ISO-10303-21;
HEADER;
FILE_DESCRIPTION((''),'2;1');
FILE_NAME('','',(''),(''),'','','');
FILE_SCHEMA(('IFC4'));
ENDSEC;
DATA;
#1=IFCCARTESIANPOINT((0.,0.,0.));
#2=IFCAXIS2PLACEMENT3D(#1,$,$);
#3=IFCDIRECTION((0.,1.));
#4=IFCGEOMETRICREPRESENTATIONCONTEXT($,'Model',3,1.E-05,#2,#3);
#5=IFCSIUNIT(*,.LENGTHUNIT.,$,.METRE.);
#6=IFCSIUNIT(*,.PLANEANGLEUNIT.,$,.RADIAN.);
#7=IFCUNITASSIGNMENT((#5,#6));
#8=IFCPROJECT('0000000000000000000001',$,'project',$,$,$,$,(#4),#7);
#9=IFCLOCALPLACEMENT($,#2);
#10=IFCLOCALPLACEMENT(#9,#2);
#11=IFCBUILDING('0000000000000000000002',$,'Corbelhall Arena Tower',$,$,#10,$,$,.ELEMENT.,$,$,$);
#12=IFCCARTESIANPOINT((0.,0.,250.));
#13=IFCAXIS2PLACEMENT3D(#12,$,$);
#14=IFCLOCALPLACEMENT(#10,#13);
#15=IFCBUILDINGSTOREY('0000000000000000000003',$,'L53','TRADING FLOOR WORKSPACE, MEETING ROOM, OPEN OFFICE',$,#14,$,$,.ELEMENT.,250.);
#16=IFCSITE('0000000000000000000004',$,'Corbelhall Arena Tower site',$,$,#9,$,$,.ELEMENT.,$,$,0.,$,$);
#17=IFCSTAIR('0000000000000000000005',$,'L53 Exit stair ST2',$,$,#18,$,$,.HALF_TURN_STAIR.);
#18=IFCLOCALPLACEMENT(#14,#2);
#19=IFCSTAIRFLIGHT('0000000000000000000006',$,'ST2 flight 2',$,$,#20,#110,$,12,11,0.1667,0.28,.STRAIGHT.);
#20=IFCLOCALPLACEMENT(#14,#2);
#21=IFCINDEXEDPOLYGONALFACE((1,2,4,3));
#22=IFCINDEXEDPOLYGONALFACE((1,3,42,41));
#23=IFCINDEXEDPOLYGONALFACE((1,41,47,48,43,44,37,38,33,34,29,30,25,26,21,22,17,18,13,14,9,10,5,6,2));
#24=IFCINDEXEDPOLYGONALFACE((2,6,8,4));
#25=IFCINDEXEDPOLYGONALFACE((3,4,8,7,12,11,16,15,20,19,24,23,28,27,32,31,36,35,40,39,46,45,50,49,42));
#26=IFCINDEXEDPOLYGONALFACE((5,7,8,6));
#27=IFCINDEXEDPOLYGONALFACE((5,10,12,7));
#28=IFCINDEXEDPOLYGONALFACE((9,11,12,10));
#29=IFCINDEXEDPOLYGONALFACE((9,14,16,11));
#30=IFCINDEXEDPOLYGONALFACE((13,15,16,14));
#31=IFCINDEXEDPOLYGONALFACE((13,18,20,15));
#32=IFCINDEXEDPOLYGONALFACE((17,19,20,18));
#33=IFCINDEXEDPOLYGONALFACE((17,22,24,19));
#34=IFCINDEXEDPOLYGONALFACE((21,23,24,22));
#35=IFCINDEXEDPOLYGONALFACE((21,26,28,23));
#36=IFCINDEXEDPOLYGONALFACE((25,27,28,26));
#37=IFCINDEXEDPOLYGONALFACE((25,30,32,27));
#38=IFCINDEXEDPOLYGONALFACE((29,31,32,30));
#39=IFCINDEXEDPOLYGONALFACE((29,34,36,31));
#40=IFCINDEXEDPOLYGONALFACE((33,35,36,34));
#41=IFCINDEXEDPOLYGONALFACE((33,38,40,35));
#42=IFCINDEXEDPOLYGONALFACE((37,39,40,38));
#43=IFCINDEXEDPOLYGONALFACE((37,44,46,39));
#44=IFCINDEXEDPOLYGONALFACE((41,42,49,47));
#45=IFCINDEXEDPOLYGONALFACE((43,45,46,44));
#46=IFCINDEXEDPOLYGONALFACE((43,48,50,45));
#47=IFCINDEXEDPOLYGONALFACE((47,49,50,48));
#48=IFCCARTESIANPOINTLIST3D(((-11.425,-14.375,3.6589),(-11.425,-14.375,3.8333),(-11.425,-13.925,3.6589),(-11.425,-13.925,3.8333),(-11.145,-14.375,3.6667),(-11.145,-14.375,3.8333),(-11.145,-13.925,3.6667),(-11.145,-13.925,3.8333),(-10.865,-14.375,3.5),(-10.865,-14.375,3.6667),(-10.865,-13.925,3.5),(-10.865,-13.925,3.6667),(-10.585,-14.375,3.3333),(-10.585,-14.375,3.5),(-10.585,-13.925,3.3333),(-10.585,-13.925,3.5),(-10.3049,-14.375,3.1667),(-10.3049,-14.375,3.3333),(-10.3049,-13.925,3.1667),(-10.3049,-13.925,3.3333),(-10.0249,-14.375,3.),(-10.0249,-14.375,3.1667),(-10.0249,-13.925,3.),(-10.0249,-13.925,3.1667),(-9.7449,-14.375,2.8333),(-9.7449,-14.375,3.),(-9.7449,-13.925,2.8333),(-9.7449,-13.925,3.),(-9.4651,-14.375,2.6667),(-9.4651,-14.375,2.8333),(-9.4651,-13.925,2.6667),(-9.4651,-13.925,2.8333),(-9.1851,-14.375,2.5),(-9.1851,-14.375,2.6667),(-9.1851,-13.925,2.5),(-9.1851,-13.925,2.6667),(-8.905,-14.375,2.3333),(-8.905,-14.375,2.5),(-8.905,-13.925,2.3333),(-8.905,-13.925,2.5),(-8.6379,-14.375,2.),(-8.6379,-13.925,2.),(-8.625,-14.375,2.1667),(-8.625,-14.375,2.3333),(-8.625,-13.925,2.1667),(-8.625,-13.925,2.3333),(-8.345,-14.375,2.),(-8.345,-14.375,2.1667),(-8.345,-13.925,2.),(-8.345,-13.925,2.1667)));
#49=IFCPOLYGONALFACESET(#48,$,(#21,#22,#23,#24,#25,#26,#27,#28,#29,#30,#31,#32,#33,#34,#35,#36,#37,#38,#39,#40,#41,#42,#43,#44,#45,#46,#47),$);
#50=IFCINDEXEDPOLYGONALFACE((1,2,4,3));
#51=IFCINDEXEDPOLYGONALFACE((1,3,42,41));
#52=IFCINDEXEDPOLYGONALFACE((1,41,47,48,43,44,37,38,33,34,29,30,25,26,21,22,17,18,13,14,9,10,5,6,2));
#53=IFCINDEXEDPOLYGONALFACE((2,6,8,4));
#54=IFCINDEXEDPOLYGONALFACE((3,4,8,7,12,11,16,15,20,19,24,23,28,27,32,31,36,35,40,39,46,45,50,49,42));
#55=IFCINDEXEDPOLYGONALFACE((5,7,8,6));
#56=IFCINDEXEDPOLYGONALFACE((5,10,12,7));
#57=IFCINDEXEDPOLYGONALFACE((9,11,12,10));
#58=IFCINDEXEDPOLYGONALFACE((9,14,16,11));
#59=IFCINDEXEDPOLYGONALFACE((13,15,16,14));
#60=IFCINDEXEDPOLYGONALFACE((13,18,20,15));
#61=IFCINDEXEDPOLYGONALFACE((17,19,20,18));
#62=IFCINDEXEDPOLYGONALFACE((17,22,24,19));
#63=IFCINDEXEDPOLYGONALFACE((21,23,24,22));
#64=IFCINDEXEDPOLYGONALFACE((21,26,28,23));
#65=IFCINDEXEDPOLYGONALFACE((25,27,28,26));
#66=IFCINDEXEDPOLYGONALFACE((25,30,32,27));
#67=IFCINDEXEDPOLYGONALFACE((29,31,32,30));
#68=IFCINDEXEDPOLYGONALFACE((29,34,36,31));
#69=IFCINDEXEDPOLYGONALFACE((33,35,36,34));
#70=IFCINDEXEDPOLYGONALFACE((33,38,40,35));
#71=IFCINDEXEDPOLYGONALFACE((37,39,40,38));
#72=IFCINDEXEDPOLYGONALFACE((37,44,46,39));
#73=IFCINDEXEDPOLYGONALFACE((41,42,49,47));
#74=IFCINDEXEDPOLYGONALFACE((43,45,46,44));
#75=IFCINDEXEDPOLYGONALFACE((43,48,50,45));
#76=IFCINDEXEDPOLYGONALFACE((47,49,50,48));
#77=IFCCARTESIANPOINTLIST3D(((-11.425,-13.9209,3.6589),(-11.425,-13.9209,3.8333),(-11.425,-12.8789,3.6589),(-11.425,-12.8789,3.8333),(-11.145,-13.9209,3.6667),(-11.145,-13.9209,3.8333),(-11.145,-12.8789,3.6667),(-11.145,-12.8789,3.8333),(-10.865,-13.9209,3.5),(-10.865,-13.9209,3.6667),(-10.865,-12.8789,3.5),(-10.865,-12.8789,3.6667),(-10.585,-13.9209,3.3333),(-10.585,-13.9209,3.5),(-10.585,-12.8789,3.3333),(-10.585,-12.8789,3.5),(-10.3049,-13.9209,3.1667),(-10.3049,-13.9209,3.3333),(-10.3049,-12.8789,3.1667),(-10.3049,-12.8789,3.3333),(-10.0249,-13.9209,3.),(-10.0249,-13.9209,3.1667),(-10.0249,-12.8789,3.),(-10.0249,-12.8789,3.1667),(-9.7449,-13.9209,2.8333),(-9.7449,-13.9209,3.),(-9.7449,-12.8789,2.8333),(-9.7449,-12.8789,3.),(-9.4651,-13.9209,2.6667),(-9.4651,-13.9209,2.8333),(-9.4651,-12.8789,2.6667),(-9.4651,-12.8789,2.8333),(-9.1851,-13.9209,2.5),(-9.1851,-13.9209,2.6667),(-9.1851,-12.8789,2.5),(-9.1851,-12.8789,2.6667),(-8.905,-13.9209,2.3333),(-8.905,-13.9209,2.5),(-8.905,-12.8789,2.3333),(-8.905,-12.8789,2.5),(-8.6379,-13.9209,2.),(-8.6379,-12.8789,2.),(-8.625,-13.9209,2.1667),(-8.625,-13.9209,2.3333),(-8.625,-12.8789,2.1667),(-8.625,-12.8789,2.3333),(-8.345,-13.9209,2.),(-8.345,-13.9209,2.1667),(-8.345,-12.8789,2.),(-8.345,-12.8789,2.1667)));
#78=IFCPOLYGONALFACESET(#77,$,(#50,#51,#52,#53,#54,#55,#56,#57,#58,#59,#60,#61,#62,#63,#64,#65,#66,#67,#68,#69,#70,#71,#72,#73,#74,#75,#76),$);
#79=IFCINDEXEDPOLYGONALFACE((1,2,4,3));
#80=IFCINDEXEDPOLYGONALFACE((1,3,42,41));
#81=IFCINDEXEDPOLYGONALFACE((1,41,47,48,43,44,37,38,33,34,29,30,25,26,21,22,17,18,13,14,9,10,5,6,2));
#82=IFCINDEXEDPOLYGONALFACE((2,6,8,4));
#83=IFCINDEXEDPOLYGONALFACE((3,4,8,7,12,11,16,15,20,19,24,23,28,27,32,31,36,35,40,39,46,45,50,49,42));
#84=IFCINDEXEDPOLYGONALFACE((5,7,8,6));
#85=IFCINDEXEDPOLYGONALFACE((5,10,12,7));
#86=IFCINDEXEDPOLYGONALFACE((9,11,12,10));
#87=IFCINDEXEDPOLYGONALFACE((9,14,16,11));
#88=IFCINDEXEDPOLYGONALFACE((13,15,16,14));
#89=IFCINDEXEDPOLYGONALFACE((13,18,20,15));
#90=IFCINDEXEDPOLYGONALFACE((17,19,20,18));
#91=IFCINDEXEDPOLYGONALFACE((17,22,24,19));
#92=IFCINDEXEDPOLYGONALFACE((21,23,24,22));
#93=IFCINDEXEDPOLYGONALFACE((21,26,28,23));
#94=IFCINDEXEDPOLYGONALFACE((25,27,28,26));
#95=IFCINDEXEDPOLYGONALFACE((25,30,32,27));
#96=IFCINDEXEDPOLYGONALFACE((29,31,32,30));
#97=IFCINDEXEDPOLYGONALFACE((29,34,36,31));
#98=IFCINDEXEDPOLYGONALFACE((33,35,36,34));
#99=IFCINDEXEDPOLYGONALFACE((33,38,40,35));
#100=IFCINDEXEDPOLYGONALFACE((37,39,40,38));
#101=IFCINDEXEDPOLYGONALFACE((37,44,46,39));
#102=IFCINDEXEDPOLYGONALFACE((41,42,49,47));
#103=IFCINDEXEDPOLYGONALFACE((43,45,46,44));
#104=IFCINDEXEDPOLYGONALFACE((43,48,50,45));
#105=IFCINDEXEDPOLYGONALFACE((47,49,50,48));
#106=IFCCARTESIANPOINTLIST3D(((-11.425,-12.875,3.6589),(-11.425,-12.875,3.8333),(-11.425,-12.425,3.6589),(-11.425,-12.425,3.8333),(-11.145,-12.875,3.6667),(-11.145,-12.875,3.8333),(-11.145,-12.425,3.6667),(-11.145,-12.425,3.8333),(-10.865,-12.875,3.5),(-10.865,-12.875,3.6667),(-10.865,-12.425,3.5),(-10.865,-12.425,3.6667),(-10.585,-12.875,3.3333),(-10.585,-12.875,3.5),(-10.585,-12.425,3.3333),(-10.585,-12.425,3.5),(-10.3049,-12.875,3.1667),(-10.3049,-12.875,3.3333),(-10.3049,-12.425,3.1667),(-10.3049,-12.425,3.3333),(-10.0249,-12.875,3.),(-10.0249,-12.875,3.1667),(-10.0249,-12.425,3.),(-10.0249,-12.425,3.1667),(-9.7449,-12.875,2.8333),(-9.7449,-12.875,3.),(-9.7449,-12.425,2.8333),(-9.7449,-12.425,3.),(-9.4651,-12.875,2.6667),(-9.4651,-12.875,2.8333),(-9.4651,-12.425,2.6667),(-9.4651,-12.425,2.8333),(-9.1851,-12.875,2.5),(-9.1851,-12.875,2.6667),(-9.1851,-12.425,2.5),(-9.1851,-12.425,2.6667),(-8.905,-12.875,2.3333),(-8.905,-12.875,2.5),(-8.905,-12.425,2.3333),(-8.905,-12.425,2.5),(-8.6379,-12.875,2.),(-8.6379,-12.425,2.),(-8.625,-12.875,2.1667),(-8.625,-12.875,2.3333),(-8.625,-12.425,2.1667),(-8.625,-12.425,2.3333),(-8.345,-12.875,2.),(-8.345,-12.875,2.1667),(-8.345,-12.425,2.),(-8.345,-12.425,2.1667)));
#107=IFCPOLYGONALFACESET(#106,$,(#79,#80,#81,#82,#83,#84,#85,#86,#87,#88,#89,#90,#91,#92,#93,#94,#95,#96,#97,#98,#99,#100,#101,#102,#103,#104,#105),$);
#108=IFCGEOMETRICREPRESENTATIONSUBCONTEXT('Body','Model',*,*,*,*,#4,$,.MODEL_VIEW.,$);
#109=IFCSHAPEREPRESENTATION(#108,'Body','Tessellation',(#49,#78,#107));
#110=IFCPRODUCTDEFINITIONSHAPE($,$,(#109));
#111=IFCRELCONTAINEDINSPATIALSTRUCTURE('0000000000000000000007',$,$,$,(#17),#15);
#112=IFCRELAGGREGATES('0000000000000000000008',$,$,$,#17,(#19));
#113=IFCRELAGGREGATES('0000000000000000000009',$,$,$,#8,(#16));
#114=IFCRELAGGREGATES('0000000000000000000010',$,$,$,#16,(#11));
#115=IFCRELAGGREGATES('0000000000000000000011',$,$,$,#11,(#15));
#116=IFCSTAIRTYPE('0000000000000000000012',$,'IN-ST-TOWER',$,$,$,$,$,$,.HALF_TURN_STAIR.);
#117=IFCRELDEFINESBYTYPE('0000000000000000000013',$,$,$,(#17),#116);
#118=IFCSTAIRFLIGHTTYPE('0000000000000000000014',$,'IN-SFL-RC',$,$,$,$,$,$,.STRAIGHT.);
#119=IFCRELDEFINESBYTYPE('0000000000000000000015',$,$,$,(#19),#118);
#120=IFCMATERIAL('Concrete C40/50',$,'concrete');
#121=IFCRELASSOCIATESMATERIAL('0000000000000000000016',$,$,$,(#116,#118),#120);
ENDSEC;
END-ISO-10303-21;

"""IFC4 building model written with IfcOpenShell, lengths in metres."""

from ifc_helpers import new_model, si_unit, direction, frame, origin, place, context, subcontext, project, spatial, polyline, outline, extrude, material, type_object, element, aggregate, save


model = new_model("IFC4")

# Units and contexts
model_context = context("Model", 3, precision=1e-05, world=origin(), true_north=direction((0.0, 1.0)))
body_context = subcontext(model_context, "Body", "Model", "MODEL_VIEW")
ifc_project = project(units=[si_unit("LENGTHUNIT", "METRE"), si_unit("PLANEANGLEUNIT", "RADIAN")], contexts=[model_context])

# Site, building, storey
site_placement = place(None, origin())
site = spatial("IfcSite", under=ifc_project, at=site_placement, Name="Corbelhall Arena Tower site", CompositionType="ELEMENT", RefElevation=0.0)
building_placement = place(site_placement, origin())
building = spatial("IfcBuilding", under=site, at=building_placement, Name="Corbelhall Arena Tower", CompositionType="ELEMENT")
storey_placement = place(building_placement, frame((0.0, 0.0, 250.0)))
storey = spatial("IfcBuildingStorey", under=building, at=storey_placement, Name="L53", Description="TRADING FLOOR WORKSPACE, MEETING ROOM, OPEN OFFICE", CompositionType="ELEMENT", Elevation=250.0)

# Shared definitions
ifc_material_1 = material(Name="Concrete C40/50", Category="concrete")

# Stair, stair flight
stair_type = type_object("IfcStairType", Name="IN-ST-TOWER", PredefinedType="HALF_TURN_STAIR", material=ifc_material_1)
stair_placement = place(storey_placement, origin())
stair = element("IfcStair", 1, at=stair_placement, inside=storey, type_object=stair_type, Name="L53 Exit stair ST2", PredefinedType="HALF_TURN_STAIR")
stair_flight_type = type_object("IfcStairFlightType", Name="IN-SFL-RC", PredefinedType="STRAIGHT", material=ifc_material_1)
stair_flight_1_placement = place(storey_placement, frame((-8.345, -13.3999, 2.0), z_axis=(0.0, 0.0, 1.0), x_axis=(-1.0, 0.0, 0.0)))
stair_flight_1 = element("IfcStairFlight", 2, at=stair_flight_1_placement, type_object=stair_flight_type, Name="ST2 flight 2", NumberOfRisers=12, NumberOfTreads=11, PredefinedType="STRAIGHT", RiserHeight=0.1667, TreadLength=0.28, context=body_context, shape_type="SweptSolid", body=[
    extrude(outline(polyline([(0.0, 0.0), (0.0, 0.1667), (0.28, 0.1667), (0.28, 0.3333), (0.5601, 0.3333), (0.5601, 0.5), (0.8401, 0.5), (0.8401, 0.6667), (1.1201, 0.6667), (1.1201, 0.8333), (1.3999, 0.8333), (1.3999, 1.0), (1.6799, 1.0), (1.6799, 1.1667), (1.96, 1.1667), (1.96, 1.3333), (2.24, 1.3333), (2.24, 1.5), (2.52, 1.5), (2.52, 1.6667), (2.8, 1.6667), (2.8, 1.8333), (3.0801, 1.8333), (3.0801, 2.0), (3.0801, 1.6589), (0.293, 0.0), (0.0, 0.0)])), frame((0.0, 0.9751, 0.0), z_axis=(0.0, -1.0, 0.0), x_axis=(1.0, 0.0, 0.0)), (0.0, 0.0, 1.0), 0.45),
    extrude(outline(polyline([(0.0, 0.0), (0.0, 0.1667), (0.28, 0.1667), (0.28, 0.3333), (0.5601, 0.3333), (0.5601, 0.5), (0.8401, 0.5), (0.8401, 0.6667), (1.1201, 0.6667), (1.1201, 0.8333), (1.3999, 0.8333), (1.3999, 1.0), (1.6799, 1.0), (1.6799, 1.1667), (1.96, 1.1667), (1.96, 1.3333), (2.24, 1.3333), (2.24, 1.5), (2.52, 1.5), (2.52, 1.6667), (2.8, 1.6667), (2.8, 1.8333), (3.0801, 1.8333), (3.0801, 2.0), (3.0801, 1.6589), (0.293, 0.0), (0.0, 0.0)])), frame((0.0, 0.521, 0.0), z_axis=(0.0, -1.0, 0.0), x_axis=(1.0, 0.0, 0.0)), (0.0, 0.0, 1.0), 1.042),
    extrude(outline(polyline([(0.0, 0.0), (0.0, 0.1667), (0.28, 0.1667), (0.28, 0.3333), (0.5601, 0.3333), (0.5601, 0.5), (0.8401, 0.5), (0.8401, 0.6667), (1.1201, 0.6667), (1.1201, 0.8333), (1.3999, 0.8333), (1.3999, 1.0), (1.6799, 1.0), (1.6799, 1.1667), (1.96, 1.1667), (1.96, 1.3333), (2.24, 1.3333), (2.24, 1.5), (2.52, 1.5), (2.52, 1.6667), (2.8, 1.6667), (2.8, 1.8333), (3.0801, 1.8333), (3.0801, 2.0), (3.0801, 1.6589), (0.293, 0.0), (0.0, 0.0)])), frame((0.0, -0.5249, 0.0), z_axis=(0.0, -1.0, 0.0), x_axis=(1.0, 0.0, 0.0)), (0.0, 0.0, 1.0), 0.45),
])
aggregate(stair, [stair_flight_1])

save(model, "model.ifc")
